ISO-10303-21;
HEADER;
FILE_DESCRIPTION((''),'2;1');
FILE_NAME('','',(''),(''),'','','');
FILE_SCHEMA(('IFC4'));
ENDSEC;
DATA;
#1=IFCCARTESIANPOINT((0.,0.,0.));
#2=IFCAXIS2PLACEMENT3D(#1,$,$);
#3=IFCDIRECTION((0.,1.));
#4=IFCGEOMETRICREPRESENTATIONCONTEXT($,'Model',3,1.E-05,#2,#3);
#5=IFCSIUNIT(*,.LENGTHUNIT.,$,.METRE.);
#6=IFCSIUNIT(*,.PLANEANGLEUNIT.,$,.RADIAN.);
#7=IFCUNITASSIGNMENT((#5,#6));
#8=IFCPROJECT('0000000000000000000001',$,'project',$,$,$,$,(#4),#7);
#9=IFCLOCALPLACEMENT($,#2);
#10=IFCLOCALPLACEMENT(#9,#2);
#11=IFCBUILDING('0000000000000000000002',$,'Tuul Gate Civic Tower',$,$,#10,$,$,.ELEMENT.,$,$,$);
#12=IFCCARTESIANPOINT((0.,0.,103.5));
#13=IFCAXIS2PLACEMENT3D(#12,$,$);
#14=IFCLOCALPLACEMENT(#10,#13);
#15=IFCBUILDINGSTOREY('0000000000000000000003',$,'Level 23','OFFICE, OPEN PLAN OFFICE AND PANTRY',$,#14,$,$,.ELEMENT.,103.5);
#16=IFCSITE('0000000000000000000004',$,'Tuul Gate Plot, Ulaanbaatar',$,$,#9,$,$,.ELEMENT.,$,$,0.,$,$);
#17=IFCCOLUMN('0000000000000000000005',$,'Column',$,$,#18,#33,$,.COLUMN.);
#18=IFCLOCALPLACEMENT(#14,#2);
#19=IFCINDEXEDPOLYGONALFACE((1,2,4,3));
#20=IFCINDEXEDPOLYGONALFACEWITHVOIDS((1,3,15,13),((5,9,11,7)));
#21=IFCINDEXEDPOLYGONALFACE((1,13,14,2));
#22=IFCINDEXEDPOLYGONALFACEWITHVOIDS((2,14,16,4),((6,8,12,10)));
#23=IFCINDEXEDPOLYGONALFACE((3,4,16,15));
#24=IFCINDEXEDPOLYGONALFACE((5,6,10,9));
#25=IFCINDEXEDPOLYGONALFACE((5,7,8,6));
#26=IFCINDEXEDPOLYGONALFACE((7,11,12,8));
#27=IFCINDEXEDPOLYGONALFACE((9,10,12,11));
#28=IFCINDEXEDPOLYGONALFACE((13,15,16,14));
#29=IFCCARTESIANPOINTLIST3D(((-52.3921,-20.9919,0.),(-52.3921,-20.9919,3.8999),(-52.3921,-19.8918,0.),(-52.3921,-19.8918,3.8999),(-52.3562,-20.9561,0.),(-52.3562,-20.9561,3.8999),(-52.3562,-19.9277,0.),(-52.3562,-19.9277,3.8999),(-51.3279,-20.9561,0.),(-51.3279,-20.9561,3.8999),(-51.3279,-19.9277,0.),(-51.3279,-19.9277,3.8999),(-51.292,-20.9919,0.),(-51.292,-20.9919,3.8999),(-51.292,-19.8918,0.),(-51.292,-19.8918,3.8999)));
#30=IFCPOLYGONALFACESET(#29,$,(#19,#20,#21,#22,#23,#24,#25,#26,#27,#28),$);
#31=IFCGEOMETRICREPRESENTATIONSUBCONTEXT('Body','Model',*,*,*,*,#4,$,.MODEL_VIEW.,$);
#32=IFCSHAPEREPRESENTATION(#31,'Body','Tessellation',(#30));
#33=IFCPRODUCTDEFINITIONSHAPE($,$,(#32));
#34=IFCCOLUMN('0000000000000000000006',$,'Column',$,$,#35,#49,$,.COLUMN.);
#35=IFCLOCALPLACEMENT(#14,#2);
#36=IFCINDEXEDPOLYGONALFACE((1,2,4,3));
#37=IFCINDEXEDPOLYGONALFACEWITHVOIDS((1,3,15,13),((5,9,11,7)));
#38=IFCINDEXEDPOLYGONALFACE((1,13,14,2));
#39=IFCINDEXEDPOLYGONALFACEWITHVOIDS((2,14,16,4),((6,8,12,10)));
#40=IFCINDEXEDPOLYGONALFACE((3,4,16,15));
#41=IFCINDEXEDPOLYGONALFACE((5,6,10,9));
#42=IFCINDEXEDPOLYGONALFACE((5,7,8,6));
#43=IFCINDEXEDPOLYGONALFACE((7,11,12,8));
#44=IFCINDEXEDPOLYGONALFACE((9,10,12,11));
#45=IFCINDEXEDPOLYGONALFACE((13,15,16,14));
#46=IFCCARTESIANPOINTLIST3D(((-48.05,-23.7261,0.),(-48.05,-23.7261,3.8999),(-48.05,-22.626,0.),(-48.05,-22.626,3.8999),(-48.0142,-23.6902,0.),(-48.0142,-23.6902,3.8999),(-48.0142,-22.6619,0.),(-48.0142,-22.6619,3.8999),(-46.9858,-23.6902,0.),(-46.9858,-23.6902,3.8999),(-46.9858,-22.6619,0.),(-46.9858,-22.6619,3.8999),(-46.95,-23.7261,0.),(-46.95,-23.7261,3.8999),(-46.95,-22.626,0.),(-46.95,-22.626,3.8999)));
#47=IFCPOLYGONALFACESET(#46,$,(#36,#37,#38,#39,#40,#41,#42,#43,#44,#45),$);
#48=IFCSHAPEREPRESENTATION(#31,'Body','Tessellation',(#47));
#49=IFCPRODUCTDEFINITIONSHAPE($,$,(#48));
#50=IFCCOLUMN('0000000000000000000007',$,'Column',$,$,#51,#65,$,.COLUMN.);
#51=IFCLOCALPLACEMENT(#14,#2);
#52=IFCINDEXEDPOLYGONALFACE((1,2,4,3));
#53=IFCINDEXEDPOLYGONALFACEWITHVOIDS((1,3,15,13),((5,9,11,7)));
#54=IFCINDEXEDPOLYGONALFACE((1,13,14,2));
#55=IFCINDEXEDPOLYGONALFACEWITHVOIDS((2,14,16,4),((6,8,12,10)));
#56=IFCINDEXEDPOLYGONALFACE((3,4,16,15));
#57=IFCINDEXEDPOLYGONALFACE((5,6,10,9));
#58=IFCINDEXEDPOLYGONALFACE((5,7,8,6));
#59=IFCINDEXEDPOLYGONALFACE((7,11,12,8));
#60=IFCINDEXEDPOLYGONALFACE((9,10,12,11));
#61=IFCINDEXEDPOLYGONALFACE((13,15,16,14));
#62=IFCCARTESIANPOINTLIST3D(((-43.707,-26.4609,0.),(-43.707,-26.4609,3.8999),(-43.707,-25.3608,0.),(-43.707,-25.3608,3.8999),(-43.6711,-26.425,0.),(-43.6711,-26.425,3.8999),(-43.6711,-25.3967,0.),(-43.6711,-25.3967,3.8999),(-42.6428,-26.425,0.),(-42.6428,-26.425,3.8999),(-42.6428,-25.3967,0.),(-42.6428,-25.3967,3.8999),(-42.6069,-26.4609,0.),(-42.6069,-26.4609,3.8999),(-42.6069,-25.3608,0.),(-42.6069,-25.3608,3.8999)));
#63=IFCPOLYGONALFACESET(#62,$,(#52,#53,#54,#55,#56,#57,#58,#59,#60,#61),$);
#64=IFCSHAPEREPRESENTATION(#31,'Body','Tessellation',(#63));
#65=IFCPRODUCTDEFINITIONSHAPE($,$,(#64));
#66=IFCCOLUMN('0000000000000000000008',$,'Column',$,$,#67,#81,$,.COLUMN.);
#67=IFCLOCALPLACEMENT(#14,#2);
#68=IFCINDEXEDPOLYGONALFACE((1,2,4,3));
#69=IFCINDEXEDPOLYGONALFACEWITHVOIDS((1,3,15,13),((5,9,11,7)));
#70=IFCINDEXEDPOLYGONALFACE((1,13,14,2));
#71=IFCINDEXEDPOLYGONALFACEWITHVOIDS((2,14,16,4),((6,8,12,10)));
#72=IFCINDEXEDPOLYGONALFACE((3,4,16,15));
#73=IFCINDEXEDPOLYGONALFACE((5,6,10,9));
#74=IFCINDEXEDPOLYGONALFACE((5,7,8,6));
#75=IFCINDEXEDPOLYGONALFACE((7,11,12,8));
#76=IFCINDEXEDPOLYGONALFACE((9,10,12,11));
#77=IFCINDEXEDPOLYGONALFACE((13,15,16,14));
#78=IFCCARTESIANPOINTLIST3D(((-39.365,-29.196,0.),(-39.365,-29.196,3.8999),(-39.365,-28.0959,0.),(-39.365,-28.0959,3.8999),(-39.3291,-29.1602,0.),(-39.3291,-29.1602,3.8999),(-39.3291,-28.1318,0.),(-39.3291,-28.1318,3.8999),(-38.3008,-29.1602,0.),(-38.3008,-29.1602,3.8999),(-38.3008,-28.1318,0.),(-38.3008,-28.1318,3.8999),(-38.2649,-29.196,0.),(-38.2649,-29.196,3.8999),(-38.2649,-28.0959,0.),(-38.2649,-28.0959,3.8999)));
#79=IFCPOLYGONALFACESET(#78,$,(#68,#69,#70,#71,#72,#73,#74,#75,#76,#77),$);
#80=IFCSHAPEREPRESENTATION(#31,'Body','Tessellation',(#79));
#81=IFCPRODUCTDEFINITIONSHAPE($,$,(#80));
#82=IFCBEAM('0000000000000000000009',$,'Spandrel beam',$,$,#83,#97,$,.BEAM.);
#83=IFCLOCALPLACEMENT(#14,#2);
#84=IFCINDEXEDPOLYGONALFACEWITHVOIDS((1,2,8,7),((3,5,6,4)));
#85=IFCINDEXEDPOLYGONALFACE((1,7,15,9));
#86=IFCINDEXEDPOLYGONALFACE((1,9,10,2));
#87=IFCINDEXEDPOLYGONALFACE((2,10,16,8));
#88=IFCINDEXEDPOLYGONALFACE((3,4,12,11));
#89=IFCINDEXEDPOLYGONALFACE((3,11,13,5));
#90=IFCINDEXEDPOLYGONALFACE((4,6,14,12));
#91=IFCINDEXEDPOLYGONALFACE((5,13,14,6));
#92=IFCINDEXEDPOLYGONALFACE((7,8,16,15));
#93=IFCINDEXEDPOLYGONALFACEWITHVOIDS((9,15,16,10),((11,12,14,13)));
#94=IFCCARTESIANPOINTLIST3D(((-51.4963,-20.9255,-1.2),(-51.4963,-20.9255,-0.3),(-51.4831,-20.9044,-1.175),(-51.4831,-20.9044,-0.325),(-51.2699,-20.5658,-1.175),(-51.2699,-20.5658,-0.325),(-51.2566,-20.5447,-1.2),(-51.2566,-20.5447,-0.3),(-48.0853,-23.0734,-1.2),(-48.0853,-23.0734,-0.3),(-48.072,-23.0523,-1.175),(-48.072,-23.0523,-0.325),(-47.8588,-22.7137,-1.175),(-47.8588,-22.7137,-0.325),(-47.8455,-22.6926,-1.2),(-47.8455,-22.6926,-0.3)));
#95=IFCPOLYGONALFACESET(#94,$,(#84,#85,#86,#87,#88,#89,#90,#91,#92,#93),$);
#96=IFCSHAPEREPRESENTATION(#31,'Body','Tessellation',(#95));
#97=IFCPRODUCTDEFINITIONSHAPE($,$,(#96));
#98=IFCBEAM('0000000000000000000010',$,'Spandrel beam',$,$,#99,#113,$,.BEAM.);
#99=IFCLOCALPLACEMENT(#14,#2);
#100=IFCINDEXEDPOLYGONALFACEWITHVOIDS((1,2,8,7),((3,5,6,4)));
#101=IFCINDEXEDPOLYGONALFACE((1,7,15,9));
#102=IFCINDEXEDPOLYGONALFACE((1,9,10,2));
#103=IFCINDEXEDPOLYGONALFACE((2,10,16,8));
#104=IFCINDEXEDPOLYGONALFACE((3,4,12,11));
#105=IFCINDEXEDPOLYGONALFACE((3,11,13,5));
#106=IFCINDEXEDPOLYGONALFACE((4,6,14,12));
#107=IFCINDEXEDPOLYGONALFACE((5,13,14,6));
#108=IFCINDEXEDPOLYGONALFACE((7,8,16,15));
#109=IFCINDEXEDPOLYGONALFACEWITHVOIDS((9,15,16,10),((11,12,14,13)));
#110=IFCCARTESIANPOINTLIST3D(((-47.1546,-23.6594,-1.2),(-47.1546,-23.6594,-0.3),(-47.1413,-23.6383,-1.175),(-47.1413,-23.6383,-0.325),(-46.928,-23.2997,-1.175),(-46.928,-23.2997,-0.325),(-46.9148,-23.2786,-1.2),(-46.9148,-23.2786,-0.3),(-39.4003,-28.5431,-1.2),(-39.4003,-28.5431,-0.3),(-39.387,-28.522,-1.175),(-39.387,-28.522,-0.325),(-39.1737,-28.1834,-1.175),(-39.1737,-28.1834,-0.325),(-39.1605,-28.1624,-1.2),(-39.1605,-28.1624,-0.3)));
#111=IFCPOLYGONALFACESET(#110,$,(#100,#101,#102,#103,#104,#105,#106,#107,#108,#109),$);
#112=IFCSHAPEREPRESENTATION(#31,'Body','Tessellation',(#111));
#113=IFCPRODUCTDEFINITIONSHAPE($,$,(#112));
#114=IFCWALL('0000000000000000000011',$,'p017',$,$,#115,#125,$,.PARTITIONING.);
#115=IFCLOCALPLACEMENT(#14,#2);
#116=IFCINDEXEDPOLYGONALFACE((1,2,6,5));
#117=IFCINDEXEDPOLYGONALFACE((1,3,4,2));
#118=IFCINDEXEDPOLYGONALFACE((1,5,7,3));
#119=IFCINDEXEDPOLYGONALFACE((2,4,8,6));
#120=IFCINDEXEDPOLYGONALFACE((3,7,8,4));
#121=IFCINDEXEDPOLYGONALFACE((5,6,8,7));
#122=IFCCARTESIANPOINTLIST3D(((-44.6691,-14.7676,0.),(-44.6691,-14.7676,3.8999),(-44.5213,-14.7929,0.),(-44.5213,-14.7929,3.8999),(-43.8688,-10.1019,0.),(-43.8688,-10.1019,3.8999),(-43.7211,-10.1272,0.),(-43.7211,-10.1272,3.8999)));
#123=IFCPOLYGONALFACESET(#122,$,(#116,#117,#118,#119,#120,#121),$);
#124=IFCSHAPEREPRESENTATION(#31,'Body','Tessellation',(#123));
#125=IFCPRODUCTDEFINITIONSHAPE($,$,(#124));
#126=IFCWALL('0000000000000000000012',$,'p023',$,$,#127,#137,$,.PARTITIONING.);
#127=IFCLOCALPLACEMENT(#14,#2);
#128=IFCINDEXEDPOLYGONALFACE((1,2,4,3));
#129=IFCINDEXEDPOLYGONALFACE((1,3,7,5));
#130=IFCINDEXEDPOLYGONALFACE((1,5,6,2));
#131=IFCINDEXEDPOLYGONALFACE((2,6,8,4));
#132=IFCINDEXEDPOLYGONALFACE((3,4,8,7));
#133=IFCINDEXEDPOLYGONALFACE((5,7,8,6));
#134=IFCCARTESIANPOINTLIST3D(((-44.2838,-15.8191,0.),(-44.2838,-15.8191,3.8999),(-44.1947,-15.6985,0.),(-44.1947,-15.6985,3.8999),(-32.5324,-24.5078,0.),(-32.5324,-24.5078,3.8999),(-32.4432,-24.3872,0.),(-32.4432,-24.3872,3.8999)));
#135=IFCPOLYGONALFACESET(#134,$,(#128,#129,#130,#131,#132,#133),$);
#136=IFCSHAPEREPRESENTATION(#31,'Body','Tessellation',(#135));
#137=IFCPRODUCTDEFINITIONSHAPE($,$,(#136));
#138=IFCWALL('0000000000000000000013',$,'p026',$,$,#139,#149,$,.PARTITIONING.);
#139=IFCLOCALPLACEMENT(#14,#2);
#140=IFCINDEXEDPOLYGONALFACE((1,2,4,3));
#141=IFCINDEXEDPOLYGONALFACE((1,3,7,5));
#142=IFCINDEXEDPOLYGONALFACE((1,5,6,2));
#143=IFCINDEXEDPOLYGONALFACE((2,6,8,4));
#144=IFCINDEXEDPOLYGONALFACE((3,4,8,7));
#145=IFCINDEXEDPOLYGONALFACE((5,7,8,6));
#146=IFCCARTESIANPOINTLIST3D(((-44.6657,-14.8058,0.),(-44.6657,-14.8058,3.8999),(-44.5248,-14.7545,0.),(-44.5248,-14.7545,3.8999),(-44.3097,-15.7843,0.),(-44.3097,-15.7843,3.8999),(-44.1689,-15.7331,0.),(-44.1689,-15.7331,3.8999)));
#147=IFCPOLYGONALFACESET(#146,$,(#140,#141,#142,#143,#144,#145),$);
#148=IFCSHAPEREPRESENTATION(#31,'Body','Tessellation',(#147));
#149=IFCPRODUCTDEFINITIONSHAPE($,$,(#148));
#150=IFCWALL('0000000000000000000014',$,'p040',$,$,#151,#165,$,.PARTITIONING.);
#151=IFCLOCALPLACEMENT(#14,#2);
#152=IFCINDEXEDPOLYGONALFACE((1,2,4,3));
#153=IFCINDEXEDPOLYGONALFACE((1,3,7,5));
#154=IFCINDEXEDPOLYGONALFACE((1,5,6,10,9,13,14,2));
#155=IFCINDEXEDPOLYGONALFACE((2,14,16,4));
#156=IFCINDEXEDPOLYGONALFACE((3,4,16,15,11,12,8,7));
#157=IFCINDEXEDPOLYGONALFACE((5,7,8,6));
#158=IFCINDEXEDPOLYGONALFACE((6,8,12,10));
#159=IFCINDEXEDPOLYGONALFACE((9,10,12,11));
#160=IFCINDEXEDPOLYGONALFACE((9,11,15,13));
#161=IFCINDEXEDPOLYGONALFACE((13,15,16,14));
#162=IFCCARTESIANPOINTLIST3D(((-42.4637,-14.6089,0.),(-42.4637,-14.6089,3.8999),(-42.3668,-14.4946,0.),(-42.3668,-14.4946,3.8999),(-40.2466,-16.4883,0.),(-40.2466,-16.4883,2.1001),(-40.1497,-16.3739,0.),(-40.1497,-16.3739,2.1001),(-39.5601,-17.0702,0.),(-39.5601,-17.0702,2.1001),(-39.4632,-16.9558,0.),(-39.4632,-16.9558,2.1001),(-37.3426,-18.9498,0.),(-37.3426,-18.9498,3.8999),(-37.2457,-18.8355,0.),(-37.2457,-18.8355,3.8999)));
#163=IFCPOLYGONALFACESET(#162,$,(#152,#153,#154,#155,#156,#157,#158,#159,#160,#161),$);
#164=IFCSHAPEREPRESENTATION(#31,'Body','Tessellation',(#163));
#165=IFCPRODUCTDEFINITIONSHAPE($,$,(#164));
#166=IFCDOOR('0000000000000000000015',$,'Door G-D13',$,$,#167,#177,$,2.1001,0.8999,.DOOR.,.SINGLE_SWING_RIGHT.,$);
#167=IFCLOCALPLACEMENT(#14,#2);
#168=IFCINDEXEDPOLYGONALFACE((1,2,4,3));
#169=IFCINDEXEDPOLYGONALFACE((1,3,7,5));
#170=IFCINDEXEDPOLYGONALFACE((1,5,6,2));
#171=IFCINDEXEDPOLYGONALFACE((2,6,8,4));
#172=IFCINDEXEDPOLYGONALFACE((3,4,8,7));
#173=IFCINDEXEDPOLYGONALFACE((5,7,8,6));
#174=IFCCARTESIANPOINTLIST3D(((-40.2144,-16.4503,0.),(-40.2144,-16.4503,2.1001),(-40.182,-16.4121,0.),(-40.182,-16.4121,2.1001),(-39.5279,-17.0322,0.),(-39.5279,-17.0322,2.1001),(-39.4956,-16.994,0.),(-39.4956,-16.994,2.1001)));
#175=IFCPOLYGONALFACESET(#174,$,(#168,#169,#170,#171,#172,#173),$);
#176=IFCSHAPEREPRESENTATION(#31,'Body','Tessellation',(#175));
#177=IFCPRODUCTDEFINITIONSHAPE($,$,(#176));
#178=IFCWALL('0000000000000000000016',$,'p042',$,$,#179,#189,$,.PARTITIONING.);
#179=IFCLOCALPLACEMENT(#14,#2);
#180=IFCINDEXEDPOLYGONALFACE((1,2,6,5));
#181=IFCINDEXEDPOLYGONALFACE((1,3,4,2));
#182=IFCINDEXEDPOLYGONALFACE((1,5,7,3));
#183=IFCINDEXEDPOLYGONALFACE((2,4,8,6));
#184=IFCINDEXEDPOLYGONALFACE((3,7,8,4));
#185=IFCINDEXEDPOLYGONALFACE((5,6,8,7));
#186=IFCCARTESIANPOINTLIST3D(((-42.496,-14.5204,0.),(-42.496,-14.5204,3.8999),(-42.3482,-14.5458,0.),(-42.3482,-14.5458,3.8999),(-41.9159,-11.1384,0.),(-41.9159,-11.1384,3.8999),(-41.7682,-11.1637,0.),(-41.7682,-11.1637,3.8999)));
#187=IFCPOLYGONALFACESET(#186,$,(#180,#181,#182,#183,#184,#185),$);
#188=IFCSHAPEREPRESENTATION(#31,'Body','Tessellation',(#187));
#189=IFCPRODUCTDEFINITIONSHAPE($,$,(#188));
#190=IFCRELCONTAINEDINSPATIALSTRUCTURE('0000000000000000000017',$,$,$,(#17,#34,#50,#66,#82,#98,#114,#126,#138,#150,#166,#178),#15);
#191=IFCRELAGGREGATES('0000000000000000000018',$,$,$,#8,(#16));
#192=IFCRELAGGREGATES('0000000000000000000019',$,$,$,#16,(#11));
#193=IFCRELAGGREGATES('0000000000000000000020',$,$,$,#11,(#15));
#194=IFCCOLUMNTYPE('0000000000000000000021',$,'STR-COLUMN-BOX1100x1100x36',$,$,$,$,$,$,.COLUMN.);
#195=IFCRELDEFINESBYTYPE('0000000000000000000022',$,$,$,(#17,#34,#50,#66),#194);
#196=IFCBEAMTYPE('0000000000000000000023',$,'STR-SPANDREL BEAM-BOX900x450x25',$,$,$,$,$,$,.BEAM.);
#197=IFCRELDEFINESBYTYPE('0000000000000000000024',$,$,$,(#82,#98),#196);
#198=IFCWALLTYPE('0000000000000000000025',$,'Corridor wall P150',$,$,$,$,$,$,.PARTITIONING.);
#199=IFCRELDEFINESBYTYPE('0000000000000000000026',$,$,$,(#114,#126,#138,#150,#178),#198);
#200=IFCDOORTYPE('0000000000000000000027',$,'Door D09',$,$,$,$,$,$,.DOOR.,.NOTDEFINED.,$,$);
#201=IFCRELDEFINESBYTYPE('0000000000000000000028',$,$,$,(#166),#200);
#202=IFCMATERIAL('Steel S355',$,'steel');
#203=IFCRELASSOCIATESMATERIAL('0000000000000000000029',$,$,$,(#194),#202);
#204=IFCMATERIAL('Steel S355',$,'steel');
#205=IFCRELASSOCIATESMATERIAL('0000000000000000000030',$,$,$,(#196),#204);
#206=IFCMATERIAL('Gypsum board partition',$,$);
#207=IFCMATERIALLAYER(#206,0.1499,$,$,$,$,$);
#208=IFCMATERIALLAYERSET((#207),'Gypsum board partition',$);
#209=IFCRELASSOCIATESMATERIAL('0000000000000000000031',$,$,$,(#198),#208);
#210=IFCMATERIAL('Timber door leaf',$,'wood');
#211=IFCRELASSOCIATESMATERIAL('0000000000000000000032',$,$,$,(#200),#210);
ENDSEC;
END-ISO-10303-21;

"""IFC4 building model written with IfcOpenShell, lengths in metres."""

from ifc_helpers import new_model, si_unit, direction, frame, frame_2d, origin, origin_2d, place, context, subcontext, project, spatial, rectangle, hollow_rectangle, extrude, material, layer, layer_set, material_profile, profile_set, type_object, element, fill, save


model = new_model("IFC4")

# Units and contexts
model_context = context("Model", 3, precision=1e-05, world=origin(), true_north=direction((0.0, 1.0)))
body_context = subcontext(model_context, "Body", "Model", "MODEL_VIEW")
ifc_project = project(units=[si_unit("LENGTHUNIT", "METRE"), si_unit("PLANEANGLEUNIT", "RADIAN")], contexts=[model_context])

# Site, building, storey
site_placement = place(None, origin())
site = spatial("IfcSite", under=ifc_project, at=site_placement, Name="Tuul Gate Plot, Ulaanbaatar", CompositionType="ELEMENT", RefElevation=0.0)
building_placement = place(site_placement, origin())
building = spatial("IfcBuilding", under=site, at=building_placement, Name="Tuul Gate Civic Tower", CompositionType="ELEMENT")
storey_placement = place(building_placement, frame((0.0, 0.0, 103.5)))
storey = spatial("IfcBuildingStorey", under=building, at=storey_placement, Name="Level 23", Description="OFFICE, OPEN PLAN OFFICE AND PANTRY", CompositionType="ELEMENT", Elevation=103.5)

# Columns
ifc_material_1 = material(Name="Steel S355", Category="steel")
ifc_material_profile_1 = material_profile(ifc_material_1, hollow_rectangle(XDim=1.1001, YDim=1.1001, WallThickness=0.0359, at=origin_2d()), Name="BOX1100x1100x36")
ifc_profile_set_1 = profile_set([ifc_material_profile_1], Name="Steel S355")
column_type = type_object("IfcColumnType", Name="STR-COLUMN-BOX1100x1100x36", PredefinedType="COLUMN", material=ifc_profile_set_1)
for number, where, z_axis, x_axis, name in (
    (1, (-51.842, -20.4419, 0.0), (0.0, 0.0, 1.0), (1.0, 0.0, 0.0), "Column"),
    (2, (-47.5, -23.176, 0.0), (0.0, 0.0, 1.0), (1.0, 0.0, 0.0), "Column"),
    (3, (-43.157, -25.9109, 0.0), (0.0, 0.0, 1.0), (1.0, 0.0, 0.0), "Column"),
    (4, (-38.8149, -28.646, 0.0), (0.0, 0.0, 1.0), (1.0, 0.0, 0.0), "Column"),
):
    element("IfcColumn", number, at=place(storey_placement, frame(where, z_axis=z_axis, x_axis=x_axis)), inside=storey, type_object=column_type, Name=name, PredefinedType="COLUMN", context=body_context, shape_type="SweptSolid", body=[
        extrude(hollow_rectangle(XDim=1.1001, YDim=1.1001, WallThickness=0.0359, at=origin_2d()), origin(), (0.0, 0.0, 1.0), 3.8999),
    ])

# Beams
ifc_material_2 = material(Name="Steel S355", Category="steel")
ifc_material_profile_2 = material_profile(ifc_material_2, hollow_rectangle(XDim=0.45, YDim=0.8999, WallThickness=0.0249, at=origin_2d()), Name="BOX900x450x25")
ifc_profile_set_2 = profile_set([ifc_material_profile_2], Name="Steel S355")
beam_type = type_object("IfcBeamType", Name="STR-SPANDREL BEAM-BOX900x450x25", PredefinedType="BEAM", material=ifc_profile_set_2)
beam_1_placement = place(storey_placement, frame((-51.3765, -20.7351, -0.75), z_axis=(0.846211, -0.532849, 0.0), x_axis=(0.532849, 0.846211, 0.0)))
element("IfcBeam", 5, at=beam_1_placement, inside=storey, type_object=beam_type, Name="Spandrel beam", PredefinedType="BEAM", context=body_context, shape_type="SweptSolid", body=[
    extrude(hollow_rectangle(XDim=0.45, YDim=0.8999, WallThickness=0.0249, at=origin_2d()), origin(), (0.0, 0.0, 1.0), 4.031),
])
beam_2_placement = place(storey_placement, frame((-47.0347, -23.469, -0.75), z_axis=(0.846164, -0.532922, 0.0), x_axis=(0.532922, 0.846164, 0.0)))
element("IfcBeam", 6, at=beam_2_placement, inside=storey, type_object=beam_type, Name="Spandrel beam", PredefinedType="BEAM", context=body_context, shape_type="SweptSolid", body=[
    extrude(hollow_rectangle(XDim=0.45, YDim=0.8999, WallThickness=0.0249, at=origin_2d()), origin(), (0.0, 0.0, 1.0), 9.1641),
])

# Walls
ifc_material_3 = material(Name="Gypsum board partition")
ifc_layer_1 = layer(ifc_material_3, 0.1499)
ifc_layer_set_1 = layer_set([ifc_layer_1], Name="Gypsum board partition")
wall_type_1 = type_object("IfcWallType", Name="Corridor wall P150", PredefinedType="PARTITIONING", material=ifc_layer_set_1)
wall_1_placement = place(storey_placement, frame((-44.5952, -14.7803, 0.0), z_axis=(0.0, 0.0, 1.0), x_axis=(0.169055, 0.985607, 0.0)))
element("IfcWall", 7, at=wall_1_placement, inside=storey, type_object=wall_type_1, Name="p017", PredefinedType="PARTITIONING", context=body_context, shape_type="SweptSolid", body=[
    extrude(rectangle(XDim=4.7339, YDim=0.1499, at=frame_2d((2.3669, 0.0))), origin(), (0.0, 0.0, 1.0), 3.8999),
])
wall_2_placement = place(storey_placement, frame((-44.2393, -15.7588, 0.0), z_axis=(0.0, 0.0, 1.0), x_axis=(0.804083, -0.594517, 0.0)))
element("IfcWall", 8, at=wall_2_placement, inside=storey, type_object=wall_type_1, Name="p023", PredefinedType="PARTITIONING", context=body_context, shape_type="SweptSolid", body=[
    extrude(rectangle(XDim=14.6147, YDim=0.1499, at=frame_2d((7.3074, 0.0))), origin(), (0.0, 0.0, 1.0), 3.8999),
])
wall_3_placement = place(storey_placement, frame((-44.5952, -14.7803, 0.0), z_axis=(0.0, 0.0, 1.0), x_axis=(0.341856, -0.939752, 0.0)))
element("IfcWall", 9, at=wall_3_placement, inside=storey, type_object=wall_type_1, Name="p026", PredefinedType="PARTITIONING", context=body_context, shape_type="SweptSolid", body=[
    extrude(rectangle(XDim=1.0413, YDim=0.1499, at=frame_2d((0.5205, 0.0))), origin(), (0.0, 0.0, 1.0), 3.8999),
])

# Wall, opening, door
wall_4_placement = place(storey_placement, frame((-42.4153, -14.5518, 0.0), z_axis=(0.0, 0.0, 1.0), x_axis=(0.762829, -0.646601, 0.0)))
wall_4 = element("IfcWall", 10, at=wall_4_placement, inside=storey, type_object=wall_type_1, Name="p040", PredefinedType="PARTITIONING", context=body_context, shape_type="SweptSolid", body=[
    extrude(rectangle(XDim=6.7134, YDim=0.1499, at=frame_2d((3.3567, 0.0))), origin(), (0.0, 0.0, 1.0), 3.8999),
])
opening_1_placement = place(wall_4_placement, frame((2.9065, 0.0, 0.0)))
opening_1 = element("IfcOpeningElement", 11, at=opening_1_placement, cuts=wall_4, PredefinedType="OPENING", context=body_context, shape_type="SweptSolid", body=[
    extrude(rectangle(XDim=0.8999, YDim=2.1001, at=frame_2d((0.45, 1.05))), frame((0.0, 0.085, 0.0), z_axis=(0.0, -1.0, 0.0), x_axis=(1.0, 0.0, 0.0)), (0.0, 0.0, 1.0), 0.1699),
])
ifc_material_4 = material(Name="Timber door leaf", Category="wood")
door_type = type_object("IfcDoorType", Name="Door D09", OperationType="NOTDEFINED", PredefinedType="DOOR", material=ifc_material_4)
door_placement = place(opening_1_placement, origin())
door = element("IfcDoor", 12, at=door_placement, inside=storey, type_object=door_type, Name="Door G-D13", OperationType="SINGLE_SWING_RIGHT", OverallHeight=2.1001, OverallWidth=0.8999, PredefinedType="DOOR", context=body_context, shape_type="SweptSolid", body=[
    extrude(rectangle(XDim=0.8999, YDim=2.1001, at=frame_2d((0.45, 1.05))), frame((0.0, 0.0249, 0.0), z_axis=(0.0, -1.0, 0.0), x_axis=(1.0, 0.0, 0.0)), (0.0, 0.0, 1.0), 0.05),
])
fill(opening_1, door)

# Wall
wall_5_placement = place(storey_placement, frame((-42.4221, -14.5332, 0.0), z_axis=(0.0, 0.0, 1.0), x_axis=(0.169047, 0.985608, 0.0)))
element("IfcWall", 13, at=wall_5_placement, inside=storey, type_object=wall_type_1, Name="p042", PredefinedType="PARTITIONING", context=body_context, shape_type="SweptSolid", body=[
    extrude(rectangle(XDim=3.4314, YDim=0.1499, at=frame_2d((1.7158, 0.0))), origin(), (0.0, 0.0, 1.0), 3.8999),
])

save(model, "model.ifc")
